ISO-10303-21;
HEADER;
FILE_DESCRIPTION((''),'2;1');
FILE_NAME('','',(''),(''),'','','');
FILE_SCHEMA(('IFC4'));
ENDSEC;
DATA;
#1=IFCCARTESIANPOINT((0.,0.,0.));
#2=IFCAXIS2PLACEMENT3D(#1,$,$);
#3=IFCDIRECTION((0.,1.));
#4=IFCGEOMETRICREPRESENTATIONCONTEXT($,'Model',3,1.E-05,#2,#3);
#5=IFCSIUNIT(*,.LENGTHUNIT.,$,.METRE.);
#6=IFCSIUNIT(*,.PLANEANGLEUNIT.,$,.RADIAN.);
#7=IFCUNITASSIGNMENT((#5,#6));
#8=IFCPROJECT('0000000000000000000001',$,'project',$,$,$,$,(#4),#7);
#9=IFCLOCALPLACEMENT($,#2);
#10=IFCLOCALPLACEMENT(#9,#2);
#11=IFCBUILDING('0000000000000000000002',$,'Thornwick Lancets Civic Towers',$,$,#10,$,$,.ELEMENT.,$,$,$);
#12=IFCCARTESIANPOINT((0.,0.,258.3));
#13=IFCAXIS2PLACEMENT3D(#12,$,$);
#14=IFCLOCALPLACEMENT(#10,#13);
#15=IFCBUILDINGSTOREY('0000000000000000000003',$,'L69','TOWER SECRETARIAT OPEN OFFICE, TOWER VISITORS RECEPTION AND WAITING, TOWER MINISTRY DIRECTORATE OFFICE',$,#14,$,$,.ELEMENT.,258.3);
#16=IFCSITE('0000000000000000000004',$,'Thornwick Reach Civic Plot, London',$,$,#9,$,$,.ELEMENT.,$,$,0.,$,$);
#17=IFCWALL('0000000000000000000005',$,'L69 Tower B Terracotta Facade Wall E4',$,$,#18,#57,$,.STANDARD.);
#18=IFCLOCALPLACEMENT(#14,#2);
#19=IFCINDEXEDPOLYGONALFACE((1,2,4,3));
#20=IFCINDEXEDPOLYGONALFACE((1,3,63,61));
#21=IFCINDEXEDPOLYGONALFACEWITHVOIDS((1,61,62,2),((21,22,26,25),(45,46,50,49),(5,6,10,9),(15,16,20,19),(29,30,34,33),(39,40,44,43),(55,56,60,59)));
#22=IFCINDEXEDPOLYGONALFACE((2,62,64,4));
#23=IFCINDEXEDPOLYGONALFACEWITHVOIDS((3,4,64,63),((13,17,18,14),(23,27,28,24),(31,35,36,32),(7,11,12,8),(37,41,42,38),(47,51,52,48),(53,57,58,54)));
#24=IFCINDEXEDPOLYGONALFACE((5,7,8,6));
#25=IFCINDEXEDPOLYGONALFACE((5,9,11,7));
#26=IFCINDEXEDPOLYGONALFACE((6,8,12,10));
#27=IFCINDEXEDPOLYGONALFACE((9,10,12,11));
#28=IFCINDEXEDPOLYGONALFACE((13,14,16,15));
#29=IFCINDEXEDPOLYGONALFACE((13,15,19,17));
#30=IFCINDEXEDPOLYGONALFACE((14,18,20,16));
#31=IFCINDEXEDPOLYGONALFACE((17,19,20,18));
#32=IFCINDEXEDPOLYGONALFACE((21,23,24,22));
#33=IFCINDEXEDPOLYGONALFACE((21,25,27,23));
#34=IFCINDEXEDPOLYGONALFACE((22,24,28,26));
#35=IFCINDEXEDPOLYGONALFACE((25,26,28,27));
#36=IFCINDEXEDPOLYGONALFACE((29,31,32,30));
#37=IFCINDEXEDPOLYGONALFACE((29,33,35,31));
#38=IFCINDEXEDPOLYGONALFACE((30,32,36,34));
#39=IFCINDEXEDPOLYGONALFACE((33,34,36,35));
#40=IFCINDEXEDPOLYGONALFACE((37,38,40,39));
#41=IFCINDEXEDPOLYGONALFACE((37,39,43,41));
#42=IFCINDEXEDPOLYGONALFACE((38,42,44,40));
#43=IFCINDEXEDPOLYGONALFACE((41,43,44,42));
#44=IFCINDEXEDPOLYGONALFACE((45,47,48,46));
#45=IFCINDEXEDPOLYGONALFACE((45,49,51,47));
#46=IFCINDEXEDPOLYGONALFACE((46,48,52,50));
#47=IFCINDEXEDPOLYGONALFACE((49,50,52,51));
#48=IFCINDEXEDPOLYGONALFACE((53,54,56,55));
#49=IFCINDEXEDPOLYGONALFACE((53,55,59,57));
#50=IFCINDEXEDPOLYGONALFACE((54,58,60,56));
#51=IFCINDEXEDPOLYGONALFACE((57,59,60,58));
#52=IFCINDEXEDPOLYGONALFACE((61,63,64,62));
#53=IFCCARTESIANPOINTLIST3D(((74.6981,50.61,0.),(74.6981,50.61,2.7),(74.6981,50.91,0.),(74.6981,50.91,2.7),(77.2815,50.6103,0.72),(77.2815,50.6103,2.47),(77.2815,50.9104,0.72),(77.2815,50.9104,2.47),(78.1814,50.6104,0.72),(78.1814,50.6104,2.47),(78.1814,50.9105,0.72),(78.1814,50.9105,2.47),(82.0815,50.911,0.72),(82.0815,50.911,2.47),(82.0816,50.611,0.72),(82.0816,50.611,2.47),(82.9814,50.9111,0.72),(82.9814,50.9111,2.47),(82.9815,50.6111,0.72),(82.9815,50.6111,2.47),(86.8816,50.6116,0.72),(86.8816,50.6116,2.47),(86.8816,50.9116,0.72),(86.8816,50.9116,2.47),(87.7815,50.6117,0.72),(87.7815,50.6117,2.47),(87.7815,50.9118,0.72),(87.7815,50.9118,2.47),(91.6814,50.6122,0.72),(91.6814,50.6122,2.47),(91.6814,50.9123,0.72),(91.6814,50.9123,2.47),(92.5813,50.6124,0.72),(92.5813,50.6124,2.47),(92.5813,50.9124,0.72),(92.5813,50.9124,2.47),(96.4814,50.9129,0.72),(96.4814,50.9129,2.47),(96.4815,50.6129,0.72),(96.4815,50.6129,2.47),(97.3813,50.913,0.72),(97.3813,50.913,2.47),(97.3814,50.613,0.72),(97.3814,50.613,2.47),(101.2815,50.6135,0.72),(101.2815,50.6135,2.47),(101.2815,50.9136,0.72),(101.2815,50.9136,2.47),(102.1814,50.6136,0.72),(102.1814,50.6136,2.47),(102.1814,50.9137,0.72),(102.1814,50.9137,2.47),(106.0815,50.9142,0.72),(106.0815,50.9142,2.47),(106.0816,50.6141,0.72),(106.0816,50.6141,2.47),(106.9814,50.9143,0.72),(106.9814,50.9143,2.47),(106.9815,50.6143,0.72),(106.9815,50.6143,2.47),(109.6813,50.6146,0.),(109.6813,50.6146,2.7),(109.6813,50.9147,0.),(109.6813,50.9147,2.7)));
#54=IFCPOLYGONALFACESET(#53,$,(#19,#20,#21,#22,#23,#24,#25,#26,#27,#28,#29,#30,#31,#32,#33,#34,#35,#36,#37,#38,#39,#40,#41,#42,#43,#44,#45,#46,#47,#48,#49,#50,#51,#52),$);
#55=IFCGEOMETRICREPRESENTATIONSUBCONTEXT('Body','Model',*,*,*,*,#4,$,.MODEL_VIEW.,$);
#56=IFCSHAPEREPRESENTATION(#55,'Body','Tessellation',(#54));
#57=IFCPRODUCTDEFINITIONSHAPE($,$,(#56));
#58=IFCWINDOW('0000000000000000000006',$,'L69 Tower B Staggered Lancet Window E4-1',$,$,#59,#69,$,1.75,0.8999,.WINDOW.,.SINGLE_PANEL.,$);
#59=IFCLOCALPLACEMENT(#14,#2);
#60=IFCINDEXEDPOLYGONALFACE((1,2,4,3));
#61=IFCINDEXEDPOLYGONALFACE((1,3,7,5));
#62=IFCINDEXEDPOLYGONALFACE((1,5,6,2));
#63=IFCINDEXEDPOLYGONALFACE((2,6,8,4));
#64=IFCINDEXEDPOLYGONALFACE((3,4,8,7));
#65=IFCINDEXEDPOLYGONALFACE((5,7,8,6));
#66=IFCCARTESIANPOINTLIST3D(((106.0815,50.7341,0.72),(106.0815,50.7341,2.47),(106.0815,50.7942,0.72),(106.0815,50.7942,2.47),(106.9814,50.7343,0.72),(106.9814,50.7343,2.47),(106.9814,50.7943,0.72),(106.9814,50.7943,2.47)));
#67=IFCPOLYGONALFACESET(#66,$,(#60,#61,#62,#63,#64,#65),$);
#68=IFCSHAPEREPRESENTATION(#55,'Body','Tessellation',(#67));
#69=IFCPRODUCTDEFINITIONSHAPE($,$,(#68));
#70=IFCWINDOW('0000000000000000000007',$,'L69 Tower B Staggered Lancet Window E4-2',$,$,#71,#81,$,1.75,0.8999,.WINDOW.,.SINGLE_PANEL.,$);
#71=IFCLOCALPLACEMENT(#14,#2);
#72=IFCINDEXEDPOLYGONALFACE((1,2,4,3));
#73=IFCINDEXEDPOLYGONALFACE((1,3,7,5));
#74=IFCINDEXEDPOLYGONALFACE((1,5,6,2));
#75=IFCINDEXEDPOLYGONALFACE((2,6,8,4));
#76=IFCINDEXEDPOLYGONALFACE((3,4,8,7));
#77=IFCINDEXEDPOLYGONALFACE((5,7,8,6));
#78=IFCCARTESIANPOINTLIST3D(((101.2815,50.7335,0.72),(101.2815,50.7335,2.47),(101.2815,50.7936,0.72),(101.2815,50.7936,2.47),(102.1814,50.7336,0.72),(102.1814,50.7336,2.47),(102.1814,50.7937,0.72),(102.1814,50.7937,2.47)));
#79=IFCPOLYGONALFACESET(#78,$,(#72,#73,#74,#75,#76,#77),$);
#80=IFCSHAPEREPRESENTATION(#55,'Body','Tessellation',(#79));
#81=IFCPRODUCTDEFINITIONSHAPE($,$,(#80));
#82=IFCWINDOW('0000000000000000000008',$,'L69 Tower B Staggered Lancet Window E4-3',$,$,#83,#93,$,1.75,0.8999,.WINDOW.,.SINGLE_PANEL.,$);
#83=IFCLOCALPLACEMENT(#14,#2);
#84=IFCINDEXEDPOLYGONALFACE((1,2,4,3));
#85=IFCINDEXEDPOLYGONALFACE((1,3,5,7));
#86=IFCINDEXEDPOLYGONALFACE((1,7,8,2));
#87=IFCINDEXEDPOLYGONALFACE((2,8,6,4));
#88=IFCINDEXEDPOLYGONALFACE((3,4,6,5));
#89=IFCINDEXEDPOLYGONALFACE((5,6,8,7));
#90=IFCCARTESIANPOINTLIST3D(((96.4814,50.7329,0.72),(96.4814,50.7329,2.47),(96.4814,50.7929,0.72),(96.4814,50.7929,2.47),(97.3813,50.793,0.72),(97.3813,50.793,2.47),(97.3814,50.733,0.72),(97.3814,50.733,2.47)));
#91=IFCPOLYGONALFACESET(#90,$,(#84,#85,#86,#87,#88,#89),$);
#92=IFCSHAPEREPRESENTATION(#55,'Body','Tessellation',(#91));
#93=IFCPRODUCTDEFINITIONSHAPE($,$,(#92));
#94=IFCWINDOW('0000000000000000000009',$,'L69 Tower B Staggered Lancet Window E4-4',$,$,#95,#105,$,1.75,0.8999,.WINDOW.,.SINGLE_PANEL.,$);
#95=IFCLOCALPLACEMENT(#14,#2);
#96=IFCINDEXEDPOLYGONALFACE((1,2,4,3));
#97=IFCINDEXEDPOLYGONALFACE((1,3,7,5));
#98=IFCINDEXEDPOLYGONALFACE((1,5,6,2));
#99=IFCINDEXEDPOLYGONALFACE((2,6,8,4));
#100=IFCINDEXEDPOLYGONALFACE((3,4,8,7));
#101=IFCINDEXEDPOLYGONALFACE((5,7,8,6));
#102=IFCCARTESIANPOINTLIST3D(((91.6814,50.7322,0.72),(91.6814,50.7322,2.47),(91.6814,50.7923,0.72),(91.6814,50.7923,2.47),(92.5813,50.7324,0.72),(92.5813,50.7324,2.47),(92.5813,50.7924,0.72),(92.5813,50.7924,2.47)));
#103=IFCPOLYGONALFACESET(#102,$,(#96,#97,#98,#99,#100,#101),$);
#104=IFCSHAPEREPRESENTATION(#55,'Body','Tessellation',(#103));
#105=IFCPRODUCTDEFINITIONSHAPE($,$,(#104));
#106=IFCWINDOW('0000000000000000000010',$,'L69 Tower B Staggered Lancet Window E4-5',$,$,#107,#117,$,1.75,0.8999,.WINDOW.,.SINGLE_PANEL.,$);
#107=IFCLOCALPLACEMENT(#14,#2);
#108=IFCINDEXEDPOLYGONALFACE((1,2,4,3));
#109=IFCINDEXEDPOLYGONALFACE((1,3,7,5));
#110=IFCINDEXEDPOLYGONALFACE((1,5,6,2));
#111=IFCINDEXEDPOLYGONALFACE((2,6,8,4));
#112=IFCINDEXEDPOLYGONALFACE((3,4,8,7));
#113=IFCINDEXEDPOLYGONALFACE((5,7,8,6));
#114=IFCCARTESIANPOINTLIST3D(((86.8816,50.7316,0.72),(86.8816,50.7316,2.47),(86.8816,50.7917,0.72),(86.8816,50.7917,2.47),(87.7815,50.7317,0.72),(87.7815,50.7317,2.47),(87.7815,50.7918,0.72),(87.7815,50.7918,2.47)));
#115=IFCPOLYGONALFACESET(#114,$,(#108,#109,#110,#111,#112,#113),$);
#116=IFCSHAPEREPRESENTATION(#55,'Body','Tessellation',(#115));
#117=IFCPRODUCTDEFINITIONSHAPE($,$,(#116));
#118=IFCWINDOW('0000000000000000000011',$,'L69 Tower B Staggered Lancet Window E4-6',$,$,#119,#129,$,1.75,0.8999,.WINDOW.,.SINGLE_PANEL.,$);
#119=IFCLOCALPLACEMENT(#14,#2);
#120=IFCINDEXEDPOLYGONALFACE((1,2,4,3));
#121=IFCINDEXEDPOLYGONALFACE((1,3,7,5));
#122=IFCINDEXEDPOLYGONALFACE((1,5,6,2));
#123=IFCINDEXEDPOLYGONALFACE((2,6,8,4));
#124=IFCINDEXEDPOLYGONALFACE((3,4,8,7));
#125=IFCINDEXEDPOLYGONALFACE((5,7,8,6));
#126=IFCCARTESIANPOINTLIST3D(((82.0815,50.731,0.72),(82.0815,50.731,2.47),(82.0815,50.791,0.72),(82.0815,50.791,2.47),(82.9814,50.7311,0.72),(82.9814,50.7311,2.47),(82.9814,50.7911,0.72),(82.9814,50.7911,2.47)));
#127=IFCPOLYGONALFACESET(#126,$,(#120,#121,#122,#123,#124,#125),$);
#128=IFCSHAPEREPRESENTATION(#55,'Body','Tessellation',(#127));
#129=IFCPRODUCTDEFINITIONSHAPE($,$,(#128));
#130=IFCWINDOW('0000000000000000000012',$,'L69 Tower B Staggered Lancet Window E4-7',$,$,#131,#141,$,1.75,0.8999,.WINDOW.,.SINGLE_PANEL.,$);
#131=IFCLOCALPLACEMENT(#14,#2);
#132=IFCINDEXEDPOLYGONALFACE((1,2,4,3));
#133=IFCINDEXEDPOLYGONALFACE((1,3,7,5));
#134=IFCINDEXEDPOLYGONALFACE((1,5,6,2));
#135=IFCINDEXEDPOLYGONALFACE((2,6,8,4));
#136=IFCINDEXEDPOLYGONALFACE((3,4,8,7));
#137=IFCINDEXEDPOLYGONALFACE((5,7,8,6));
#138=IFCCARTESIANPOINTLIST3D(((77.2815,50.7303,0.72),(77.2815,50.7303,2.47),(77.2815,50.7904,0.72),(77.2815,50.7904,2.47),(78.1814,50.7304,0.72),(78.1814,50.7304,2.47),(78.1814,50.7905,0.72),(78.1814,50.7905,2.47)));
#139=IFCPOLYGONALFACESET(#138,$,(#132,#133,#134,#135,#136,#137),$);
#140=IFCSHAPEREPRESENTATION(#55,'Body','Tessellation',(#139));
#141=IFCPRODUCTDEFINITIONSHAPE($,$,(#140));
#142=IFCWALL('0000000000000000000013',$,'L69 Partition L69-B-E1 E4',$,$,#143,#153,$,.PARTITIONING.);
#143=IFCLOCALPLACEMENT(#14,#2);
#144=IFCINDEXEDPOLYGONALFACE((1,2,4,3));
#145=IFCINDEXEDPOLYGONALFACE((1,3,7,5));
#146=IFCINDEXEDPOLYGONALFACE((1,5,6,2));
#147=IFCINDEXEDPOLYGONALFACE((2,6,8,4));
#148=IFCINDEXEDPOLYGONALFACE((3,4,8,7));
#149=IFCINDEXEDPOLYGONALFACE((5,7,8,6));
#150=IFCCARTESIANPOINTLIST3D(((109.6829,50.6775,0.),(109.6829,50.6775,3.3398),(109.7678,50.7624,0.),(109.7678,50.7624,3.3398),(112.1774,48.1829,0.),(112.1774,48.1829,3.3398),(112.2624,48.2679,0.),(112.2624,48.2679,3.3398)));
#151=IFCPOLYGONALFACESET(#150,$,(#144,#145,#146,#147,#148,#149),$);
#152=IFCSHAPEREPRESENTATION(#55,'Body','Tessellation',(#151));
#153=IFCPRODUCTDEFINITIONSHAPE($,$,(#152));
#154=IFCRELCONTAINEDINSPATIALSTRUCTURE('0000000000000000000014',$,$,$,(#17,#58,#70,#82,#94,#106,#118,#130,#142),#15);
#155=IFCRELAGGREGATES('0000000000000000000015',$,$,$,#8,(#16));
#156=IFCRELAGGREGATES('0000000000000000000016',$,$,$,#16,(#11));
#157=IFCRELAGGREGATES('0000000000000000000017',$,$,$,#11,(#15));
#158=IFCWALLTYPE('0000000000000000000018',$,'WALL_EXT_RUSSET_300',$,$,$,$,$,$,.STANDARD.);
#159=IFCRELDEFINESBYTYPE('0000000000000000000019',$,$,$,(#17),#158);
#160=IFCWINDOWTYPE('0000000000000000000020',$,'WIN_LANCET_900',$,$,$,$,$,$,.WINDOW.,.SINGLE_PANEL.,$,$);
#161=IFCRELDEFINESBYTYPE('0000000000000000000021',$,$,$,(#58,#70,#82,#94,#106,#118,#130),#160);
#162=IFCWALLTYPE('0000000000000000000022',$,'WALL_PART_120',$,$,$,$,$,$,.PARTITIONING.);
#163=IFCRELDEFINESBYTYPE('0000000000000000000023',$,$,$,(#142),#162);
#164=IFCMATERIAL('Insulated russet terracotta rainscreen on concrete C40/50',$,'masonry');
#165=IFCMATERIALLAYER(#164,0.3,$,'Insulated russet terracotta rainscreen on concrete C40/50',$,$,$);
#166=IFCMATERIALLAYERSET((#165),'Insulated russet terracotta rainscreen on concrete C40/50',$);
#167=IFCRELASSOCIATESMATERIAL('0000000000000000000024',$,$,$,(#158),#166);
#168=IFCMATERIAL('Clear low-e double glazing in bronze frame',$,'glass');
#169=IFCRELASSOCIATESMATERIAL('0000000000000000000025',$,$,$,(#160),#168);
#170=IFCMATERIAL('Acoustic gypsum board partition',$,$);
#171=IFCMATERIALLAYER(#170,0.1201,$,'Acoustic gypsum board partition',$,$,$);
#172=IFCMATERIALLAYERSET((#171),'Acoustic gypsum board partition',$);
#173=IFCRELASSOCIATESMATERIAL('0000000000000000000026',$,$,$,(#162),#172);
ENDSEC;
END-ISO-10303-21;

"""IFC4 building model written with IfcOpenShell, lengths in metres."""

from ifc_helpers import new_model, si_unit, direction, frame, frame_2d, origin, place, context, subcontext, project, spatial, rectangle, extrude, material, layer, layer_set, type_object, element, fill, save


model = new_model("IFC4")

# Units and contexts
model_context = context("Model", 3, precision=1e-05, world=origin(), true_north=direction((0.0, 1.0)))
body_context = subcontext(model_context, "Body", "Model", "MODEL_VIEW")
ifc_project = project(units=[si_unit("LENGTHUNIT", "METRE"), si_unit("PLANEANGLEUNIT", "RADIAN")], contexts=[model_context])

# Site, building, storey
site_placement = place(None, origin())
site = spatial("IfcSite", under=ifc_project, at=site_placement, Name="Thornwick Reach Civic Plot, London", CompositionType="ELEMENT", RefElevation=0.0)
building_placement = place(site_placement, origin())
building = spatial("IfcBuilding", under=site, at=building_placement, Name="Thornwick Lancets Civic Towers", CompositionType="ELEMENT")
storey_placement = place(building_placement, frame((0.0, 0.0, 258.3)))
storey = spatial("IfcBuildingStorey", under=building, at=storey_placement, Name="L69", Description="TOWER SECRETARIAT OPEN OFFICE, TOWER VISITORS RECEPTION AND WAITING, TOWER MINISTRY DIRECTORATE OFFICE", CompositionType="ELEMENT", Elevation=258.3)

# Wall, openings, windows
ifc_material_1 = material(Name="Insulated russet terracotta rainscreen on concrete C40/50", Category="masonry")
ifc_layer_1 = layer(ifc_material_1, 0.3, Name="Insulated russet terracotta rainscreen on concrete C40/50")
ifc_layer_set_1 = layer_set([ifc_layer_1], Name="Insulated russet terracotta rainscreen on concrete C40/50")
wall_type_1 = type_object("IfcWallType", Name="WALL_EXT_RUSSET_300", PredefinedType="STANDARD", material=ifc_layer_set_1)
wall_1_placement = place(storey_placement, frame((109.6814, 50.7646, 0.0), z_axis=(0.0, 0.0, 1.0), x_axis=(-1.0, -0.000133, 0.0)))
wall_1 = element("IfcWall", 1, at=wall_1_placement, inside=storey, type_object=wall_type_1, Name="L69 Tower B Terracotta Facade Wall E4", PredefinedType="STANDARD", context=body_context, shape_type="SweptSolid", body=[
    extrude(rectangle(XDim=34.9832, YDim=0.3, at=frame_2d((17.4917, 0.0))), origin(), (0.0, 0.0, 1.0), 2.7),
])
opening_1_placement = place(wall_1_placement, frame((2.7, 0.0, 0.72)))
opening_1 = element("IfcOpeningElement", 2, at=opening_1_placement, cuts=wall_1, PredefinedType="OPENING", context=body_context, shape_type="SweptSolid", body=[
    extrude(rectangle(XDim=0.8999, YDim=1.75, at=frame_2d((0.45, 0.875))), frame((0.0, 0.1602, 0.0), z_axis=(0.0, -1.0, 0.0), x_axis=(1.0, 0.0, 0.0)), (0.0, 0.0, 1.0), 0.3201),
])
opening_2_placement = place(wall_1_placement, frame((7.5, 0.0, 0.72)))
opening_2 = element("IfcOpeningElement", 3, at=opening_2_placement, cuts=wall_1, PredefinedType="OPENING", context=body_context, shape_type="SweptSolid", body=[
    extrude(rectangle(XDim=0.8999, YDim=1.75, at=frame_2d((0.45, 0.875))), frame((0.0, 0.1602, 0.0), z_axis=(0.0, -1.0, 0.0), x_axis=(1.0, 0.0, 0.0)), (0.0, 0.0, 1.0), 0.3201),
])
opening_3_placement = place(wall_1_placement, frame((12.3, 0.0, 0.72)))
opening_3 = element("IfcOpeningElement", 4, at=opening_3_placement, cuts=wall_1, PredefinedType="OPENING", context=body_context, shape_type="SweptSolid", body=[
    extrude(rectangle(XDim=0.8999, YDim=1.75, at=frame_2d((0.45, 0.875))), frame((0.0, 0.1602, 0.0), z_axis=(0.0, -1.0, 0.0), x_axis=(1.0, 0.0, 0.0)), (0.0, 0.0, 1.0), 0.3201),
])
opening_4_placement = place(wall_1_placement, frame((17.1001, 0.0, 0.72)))
opening_4 = element("IfcOpeningElement", 5, at=opening_4_placement, cuts=wall_1, PredefinedType="OPENING", context=body_context, shape_type="SweptSolid", body=[
    extrude(rectangle(XDim=0.8999, YDim=1.75, at=frame_2d((0.45, 0.875))), frame((0.0, 0.1602, 0.0), z_axis=(0.0, -1.0, 0.0), x_axis=(1.0, 0.0, 0.0)), (0.0, 0.0, 1.0), 0.3201),
])
opening_5_placement = place(wall_1_placement, frame((21.8999, 0.0, 0.72)))
opening_5 = element("IfcOpeningElement", 6, at=opening_5_placement, cuts=wall_1, PredefinedType="OPENING", context=body_context, shape_type="SweptSolid", body=[
    extrude(rectangle(XDim=0.8999, YDim=1.75, at=frame_2d((0.45, 0.875))), frame((0.0, 0.1602, 0.0), z_axis=(0.0, -1.0, 0.0), x_axis=(1.0, 0.0, 0.0)), (0.0, 0.0, 1.0), 0.3201),
])
opening_6_placement = place(wall_1_placement, frame((26.7, 0.0, 0.72)))
opening_6 = element("IfcOpeningElement", 7, at=opening_6_placement, cuts=wall_1, PredefinedType="OPENING", context=body_context, shape_type="SweptSolid", body=[
    extrude(rectangle(XDim=0.8999, YDim=1.75, at=frame_2d((0.45, 0.875))), frame((0.0, 0.1602, 0.0), z_axis=(0.0, -1.0, 0.0), x_axis=(1.0, 0.0, 0.0)), (0.0, 0.0, 1.0), 0.3201),
])
opening_7_placement = place(wall_1_placement, frame((31.5, 0.0, 0.72)))
opening_7 = element("IfcOpeningElement", 8, at=opening_7_placement, cuts=wall_1, PredefinedType="OPENING", context=body_context, shape_type="SweptSolid", body=[
    extrude(rectangle(XDim=0.8999, YDim=1.75, at=frame_2d((0.45, 0.875))), frame((0.0, 0.1602, 0.0), z_axis=(0.0, -1.0, 0.0), x_axis=(1.0, 0.0, 0.0)), (0.0, 0.0, 1.0), 0.3201),
])
ifc_material_2 = material(Name="Clear low-e double glazing in bronze frame", Category="glass")
window_type = type_object("IfcWindowType", Name="WIN_LANCET_900", PartitioningType="SINGLE_PANEL", PredefinedType="WINDOW", material=ifc_material_2)
window_1_placement = place(opening_1_placement, origin())
window_1 = element("IfcWindow", 9, at=window_1_placement, inside=storey, type_object=window_type, Name="L69 Tower B Staggered Lancet Window E4-1", OverallHeight=1.75, OverallWidth=0.8999, PartitioningType="SINGLE_PANEL", PredefinedType="WINDOW", context=body_context, shape_type="SweptSolid", body=[
    extrude(rectangle(XDim=0.8999, YDim=1.75, at=frame_2d((0.45, 0.875))), frame((0.0, 0.03, 0.0), z_axis=(0.0, -1.0, 0.0), x_axis=(1.0, 0.0, 0.0)), (0.0, 0.0, 1.0), 0.0601),
])
fill(opening_1, window_1)
window_2_placement = place(opening_2_placement, origin())
window_2 = element("IfcWindow", 10, at=window_2_placement, inside=storey, type_object=window_type, Name="L69 Tower B Staggered Lancet Window E4-2", OverallHeight=1.75, OverallWidth=0.8999, PartitioningType="SINGLE_PANEL", PredefinedType="WINDOW", context=body_context, shape_type="SweptSolid", body=[
    extrude(rectangle(XDim=0.8999, YDim=1.75, at=frame_2d((0.45, 0.875))), frame((0.0, 0.03, 0.0), z_axis=(0.0, -1.0, 0.0), x_axis=(1.0, 0.0, 0.0)), (0.0, 0.0, 1.0), 0.0601),
])
fill(opening_2, window_2)
window_3_placement = place(opening_3_placement, origin())
window_3 = element("IfcWindow", 11, at=window_3_placement, inside=storey, type_object=window_type, Name="L69 Tower B Staggered Lancet Window E4-3", OverallHeight=1.75, OverallWidth=0.8999, PartitioningType="SINGLE_PANEL", PredefinedType="WINDOW", context=body_context, shape_type="SweptSolid", body=[
    extrude(rectangle(XDim=0.8999, YDim=1.75, at=frame_2d((0.45, 0.875))), frame((0.0, 0.03, 0.0), z_axis=(0.0, -1.0, 0.0), x_axis=(1.0, 0.0, 0.0)), (0.0, 0.0, 1.0), 0.0601),
])
fill(opening_3, window_3)
window_4_placement = place(opening_4_placement, origin())
window_4 = element("IfcWindow", 12, at=window_4_placement, inside=storey, type_object=window_type, Name="L69 Tower B Staggered Lancet Window E4-4", OverallHeight=1.75, OverallWidth=0.8999, PartitioningType="SINGLE_PANEL", PredefinedType="WINDOW", context=body_context, shape_type="SweptSolid", body=[
    extrude(rectangle(XDim=0.8999, YDim=1.75, at=frame_2d((0.45, 0.875))), frame((0.0, 0.03, 0.0), z_axis=(0.0, -1.0, 0.0), x_axis=(1.0, 0.0, 0.0)), (0.0, 0.0, 1.0), 0.0601),
])
fill(opening_4, window_4)
window_5_placement = place(opening_5_placement, origin())
window_5 = element("IfcWindow", 13, at=window_5_placement, inside=storey, type_object=window_type, Name="L69 Tower B Staggered Lancet Window E4-5", OverallHeight=1.75, OverallWidth=0.8999, PartitioningType="SINGLE_PANEL", PredefinedType="WINDOW", context=body_context, shape_type="SweptSolid", body=[
    extrude(rectangle(XDim=0.8999, YDim=1.75, at=frame_2d((0.45, 0.875))), frame((0.0, 0.03, 0.0), z_axis=(0.0, -1.0, 0.0), x_axis=(1.0, 0.0, 0.0)), (0.0, 0.0, 1.0), 0.0601),
])
fill(opening_5, window_5)
window_6_placement = place(opening_6_placement, origin())
window_6 = element("IfcWindow", 14, at=window_6_placement, inside=storey, type_object=window_type, Name="L69 Tower B Staggered Lancet Window E4-6", OverallHeight=1.75, OverallWidth=0.8999, PartitioningType="SINGLE_PANEL", PredefinedType="WINDOW", context=body_context, shape_type="SweptSolid", body=[
    extrude(rectangle(XDim=0.8999, YDim=1.75, at=frame_2d((0.45, 0.875))), frame((0.0, 0.03, 0.0), z_axis=(0.0, -1.0, 0.0), x_axis=(1.0, 0.0, 0.0)), (0.0, 0.0, 1.0), 0.0601),
])
fill(opening_6, window_6)
window_7_placement = place(opening_7_placement, origin())
window_7 = element("IfcWindow", 15, at=window_7_placement, inside=storey, type_object=window_type, Name="L69 Tower B Staggered Lancet Window E4-7", OverallHeight=1.75, OverallWidth=0.8999, PartitioningType="SINGLE_PANEL", PredefinedType="WINDOW", context=body_context, shape_type="SweptSolid", body=[
    extrude(rectangle(XDim=0.8999, YDim=1.75, at=frame_2d((0.45, 0.875))), frame((0.0, 0.03, 0.0), z_axis=(0.0, -1.0, 0.0), x_axis=(1.0, 0.0, 0.0)), (0.0, 0.0, 1.0), 0.0601),
])
fill(opening_7, window_7)

# Wall
ifc_material_3 = material(Name="Acoustic gypsum board partition")
ifc_layer_2 = layer(ifc_material_3, 0.1201, Name="Acoustic gypsum board partition")
ifc_layer_set_2 = layer_set([ifc_layer_2], Name="Acoustic gypsum board partition")
wall_type_2 = type_object("IfcWallType", Name="WALL_PART_120", PredefinedType="PARTITIONING", material=ifc_layer_set_2)
wall_2_placement = place(storey_placement, frame((109.7253, 50.72, 0.0), z_axis=(0.0, 0.0, 1.0), x_axis=(0.707107, -0.707107, 0.0)))
element("IfcWall", 16, at=wall_2_placement, inside=storey, type_object=wall_type_2, Name="L69 Partition L69-B-E1 E4", PredefinedType="PARTITIONING", context=body_context, shape_type="SweptSolid", body=[
    extrude(rectangle(XDim=3.5278, YDim=0.1201, at=frame_2d((1.7639, 0.0))), origin(), (0.0, 0.0, 1.0), 3.3398),
])

save(model, "model.ifc")
